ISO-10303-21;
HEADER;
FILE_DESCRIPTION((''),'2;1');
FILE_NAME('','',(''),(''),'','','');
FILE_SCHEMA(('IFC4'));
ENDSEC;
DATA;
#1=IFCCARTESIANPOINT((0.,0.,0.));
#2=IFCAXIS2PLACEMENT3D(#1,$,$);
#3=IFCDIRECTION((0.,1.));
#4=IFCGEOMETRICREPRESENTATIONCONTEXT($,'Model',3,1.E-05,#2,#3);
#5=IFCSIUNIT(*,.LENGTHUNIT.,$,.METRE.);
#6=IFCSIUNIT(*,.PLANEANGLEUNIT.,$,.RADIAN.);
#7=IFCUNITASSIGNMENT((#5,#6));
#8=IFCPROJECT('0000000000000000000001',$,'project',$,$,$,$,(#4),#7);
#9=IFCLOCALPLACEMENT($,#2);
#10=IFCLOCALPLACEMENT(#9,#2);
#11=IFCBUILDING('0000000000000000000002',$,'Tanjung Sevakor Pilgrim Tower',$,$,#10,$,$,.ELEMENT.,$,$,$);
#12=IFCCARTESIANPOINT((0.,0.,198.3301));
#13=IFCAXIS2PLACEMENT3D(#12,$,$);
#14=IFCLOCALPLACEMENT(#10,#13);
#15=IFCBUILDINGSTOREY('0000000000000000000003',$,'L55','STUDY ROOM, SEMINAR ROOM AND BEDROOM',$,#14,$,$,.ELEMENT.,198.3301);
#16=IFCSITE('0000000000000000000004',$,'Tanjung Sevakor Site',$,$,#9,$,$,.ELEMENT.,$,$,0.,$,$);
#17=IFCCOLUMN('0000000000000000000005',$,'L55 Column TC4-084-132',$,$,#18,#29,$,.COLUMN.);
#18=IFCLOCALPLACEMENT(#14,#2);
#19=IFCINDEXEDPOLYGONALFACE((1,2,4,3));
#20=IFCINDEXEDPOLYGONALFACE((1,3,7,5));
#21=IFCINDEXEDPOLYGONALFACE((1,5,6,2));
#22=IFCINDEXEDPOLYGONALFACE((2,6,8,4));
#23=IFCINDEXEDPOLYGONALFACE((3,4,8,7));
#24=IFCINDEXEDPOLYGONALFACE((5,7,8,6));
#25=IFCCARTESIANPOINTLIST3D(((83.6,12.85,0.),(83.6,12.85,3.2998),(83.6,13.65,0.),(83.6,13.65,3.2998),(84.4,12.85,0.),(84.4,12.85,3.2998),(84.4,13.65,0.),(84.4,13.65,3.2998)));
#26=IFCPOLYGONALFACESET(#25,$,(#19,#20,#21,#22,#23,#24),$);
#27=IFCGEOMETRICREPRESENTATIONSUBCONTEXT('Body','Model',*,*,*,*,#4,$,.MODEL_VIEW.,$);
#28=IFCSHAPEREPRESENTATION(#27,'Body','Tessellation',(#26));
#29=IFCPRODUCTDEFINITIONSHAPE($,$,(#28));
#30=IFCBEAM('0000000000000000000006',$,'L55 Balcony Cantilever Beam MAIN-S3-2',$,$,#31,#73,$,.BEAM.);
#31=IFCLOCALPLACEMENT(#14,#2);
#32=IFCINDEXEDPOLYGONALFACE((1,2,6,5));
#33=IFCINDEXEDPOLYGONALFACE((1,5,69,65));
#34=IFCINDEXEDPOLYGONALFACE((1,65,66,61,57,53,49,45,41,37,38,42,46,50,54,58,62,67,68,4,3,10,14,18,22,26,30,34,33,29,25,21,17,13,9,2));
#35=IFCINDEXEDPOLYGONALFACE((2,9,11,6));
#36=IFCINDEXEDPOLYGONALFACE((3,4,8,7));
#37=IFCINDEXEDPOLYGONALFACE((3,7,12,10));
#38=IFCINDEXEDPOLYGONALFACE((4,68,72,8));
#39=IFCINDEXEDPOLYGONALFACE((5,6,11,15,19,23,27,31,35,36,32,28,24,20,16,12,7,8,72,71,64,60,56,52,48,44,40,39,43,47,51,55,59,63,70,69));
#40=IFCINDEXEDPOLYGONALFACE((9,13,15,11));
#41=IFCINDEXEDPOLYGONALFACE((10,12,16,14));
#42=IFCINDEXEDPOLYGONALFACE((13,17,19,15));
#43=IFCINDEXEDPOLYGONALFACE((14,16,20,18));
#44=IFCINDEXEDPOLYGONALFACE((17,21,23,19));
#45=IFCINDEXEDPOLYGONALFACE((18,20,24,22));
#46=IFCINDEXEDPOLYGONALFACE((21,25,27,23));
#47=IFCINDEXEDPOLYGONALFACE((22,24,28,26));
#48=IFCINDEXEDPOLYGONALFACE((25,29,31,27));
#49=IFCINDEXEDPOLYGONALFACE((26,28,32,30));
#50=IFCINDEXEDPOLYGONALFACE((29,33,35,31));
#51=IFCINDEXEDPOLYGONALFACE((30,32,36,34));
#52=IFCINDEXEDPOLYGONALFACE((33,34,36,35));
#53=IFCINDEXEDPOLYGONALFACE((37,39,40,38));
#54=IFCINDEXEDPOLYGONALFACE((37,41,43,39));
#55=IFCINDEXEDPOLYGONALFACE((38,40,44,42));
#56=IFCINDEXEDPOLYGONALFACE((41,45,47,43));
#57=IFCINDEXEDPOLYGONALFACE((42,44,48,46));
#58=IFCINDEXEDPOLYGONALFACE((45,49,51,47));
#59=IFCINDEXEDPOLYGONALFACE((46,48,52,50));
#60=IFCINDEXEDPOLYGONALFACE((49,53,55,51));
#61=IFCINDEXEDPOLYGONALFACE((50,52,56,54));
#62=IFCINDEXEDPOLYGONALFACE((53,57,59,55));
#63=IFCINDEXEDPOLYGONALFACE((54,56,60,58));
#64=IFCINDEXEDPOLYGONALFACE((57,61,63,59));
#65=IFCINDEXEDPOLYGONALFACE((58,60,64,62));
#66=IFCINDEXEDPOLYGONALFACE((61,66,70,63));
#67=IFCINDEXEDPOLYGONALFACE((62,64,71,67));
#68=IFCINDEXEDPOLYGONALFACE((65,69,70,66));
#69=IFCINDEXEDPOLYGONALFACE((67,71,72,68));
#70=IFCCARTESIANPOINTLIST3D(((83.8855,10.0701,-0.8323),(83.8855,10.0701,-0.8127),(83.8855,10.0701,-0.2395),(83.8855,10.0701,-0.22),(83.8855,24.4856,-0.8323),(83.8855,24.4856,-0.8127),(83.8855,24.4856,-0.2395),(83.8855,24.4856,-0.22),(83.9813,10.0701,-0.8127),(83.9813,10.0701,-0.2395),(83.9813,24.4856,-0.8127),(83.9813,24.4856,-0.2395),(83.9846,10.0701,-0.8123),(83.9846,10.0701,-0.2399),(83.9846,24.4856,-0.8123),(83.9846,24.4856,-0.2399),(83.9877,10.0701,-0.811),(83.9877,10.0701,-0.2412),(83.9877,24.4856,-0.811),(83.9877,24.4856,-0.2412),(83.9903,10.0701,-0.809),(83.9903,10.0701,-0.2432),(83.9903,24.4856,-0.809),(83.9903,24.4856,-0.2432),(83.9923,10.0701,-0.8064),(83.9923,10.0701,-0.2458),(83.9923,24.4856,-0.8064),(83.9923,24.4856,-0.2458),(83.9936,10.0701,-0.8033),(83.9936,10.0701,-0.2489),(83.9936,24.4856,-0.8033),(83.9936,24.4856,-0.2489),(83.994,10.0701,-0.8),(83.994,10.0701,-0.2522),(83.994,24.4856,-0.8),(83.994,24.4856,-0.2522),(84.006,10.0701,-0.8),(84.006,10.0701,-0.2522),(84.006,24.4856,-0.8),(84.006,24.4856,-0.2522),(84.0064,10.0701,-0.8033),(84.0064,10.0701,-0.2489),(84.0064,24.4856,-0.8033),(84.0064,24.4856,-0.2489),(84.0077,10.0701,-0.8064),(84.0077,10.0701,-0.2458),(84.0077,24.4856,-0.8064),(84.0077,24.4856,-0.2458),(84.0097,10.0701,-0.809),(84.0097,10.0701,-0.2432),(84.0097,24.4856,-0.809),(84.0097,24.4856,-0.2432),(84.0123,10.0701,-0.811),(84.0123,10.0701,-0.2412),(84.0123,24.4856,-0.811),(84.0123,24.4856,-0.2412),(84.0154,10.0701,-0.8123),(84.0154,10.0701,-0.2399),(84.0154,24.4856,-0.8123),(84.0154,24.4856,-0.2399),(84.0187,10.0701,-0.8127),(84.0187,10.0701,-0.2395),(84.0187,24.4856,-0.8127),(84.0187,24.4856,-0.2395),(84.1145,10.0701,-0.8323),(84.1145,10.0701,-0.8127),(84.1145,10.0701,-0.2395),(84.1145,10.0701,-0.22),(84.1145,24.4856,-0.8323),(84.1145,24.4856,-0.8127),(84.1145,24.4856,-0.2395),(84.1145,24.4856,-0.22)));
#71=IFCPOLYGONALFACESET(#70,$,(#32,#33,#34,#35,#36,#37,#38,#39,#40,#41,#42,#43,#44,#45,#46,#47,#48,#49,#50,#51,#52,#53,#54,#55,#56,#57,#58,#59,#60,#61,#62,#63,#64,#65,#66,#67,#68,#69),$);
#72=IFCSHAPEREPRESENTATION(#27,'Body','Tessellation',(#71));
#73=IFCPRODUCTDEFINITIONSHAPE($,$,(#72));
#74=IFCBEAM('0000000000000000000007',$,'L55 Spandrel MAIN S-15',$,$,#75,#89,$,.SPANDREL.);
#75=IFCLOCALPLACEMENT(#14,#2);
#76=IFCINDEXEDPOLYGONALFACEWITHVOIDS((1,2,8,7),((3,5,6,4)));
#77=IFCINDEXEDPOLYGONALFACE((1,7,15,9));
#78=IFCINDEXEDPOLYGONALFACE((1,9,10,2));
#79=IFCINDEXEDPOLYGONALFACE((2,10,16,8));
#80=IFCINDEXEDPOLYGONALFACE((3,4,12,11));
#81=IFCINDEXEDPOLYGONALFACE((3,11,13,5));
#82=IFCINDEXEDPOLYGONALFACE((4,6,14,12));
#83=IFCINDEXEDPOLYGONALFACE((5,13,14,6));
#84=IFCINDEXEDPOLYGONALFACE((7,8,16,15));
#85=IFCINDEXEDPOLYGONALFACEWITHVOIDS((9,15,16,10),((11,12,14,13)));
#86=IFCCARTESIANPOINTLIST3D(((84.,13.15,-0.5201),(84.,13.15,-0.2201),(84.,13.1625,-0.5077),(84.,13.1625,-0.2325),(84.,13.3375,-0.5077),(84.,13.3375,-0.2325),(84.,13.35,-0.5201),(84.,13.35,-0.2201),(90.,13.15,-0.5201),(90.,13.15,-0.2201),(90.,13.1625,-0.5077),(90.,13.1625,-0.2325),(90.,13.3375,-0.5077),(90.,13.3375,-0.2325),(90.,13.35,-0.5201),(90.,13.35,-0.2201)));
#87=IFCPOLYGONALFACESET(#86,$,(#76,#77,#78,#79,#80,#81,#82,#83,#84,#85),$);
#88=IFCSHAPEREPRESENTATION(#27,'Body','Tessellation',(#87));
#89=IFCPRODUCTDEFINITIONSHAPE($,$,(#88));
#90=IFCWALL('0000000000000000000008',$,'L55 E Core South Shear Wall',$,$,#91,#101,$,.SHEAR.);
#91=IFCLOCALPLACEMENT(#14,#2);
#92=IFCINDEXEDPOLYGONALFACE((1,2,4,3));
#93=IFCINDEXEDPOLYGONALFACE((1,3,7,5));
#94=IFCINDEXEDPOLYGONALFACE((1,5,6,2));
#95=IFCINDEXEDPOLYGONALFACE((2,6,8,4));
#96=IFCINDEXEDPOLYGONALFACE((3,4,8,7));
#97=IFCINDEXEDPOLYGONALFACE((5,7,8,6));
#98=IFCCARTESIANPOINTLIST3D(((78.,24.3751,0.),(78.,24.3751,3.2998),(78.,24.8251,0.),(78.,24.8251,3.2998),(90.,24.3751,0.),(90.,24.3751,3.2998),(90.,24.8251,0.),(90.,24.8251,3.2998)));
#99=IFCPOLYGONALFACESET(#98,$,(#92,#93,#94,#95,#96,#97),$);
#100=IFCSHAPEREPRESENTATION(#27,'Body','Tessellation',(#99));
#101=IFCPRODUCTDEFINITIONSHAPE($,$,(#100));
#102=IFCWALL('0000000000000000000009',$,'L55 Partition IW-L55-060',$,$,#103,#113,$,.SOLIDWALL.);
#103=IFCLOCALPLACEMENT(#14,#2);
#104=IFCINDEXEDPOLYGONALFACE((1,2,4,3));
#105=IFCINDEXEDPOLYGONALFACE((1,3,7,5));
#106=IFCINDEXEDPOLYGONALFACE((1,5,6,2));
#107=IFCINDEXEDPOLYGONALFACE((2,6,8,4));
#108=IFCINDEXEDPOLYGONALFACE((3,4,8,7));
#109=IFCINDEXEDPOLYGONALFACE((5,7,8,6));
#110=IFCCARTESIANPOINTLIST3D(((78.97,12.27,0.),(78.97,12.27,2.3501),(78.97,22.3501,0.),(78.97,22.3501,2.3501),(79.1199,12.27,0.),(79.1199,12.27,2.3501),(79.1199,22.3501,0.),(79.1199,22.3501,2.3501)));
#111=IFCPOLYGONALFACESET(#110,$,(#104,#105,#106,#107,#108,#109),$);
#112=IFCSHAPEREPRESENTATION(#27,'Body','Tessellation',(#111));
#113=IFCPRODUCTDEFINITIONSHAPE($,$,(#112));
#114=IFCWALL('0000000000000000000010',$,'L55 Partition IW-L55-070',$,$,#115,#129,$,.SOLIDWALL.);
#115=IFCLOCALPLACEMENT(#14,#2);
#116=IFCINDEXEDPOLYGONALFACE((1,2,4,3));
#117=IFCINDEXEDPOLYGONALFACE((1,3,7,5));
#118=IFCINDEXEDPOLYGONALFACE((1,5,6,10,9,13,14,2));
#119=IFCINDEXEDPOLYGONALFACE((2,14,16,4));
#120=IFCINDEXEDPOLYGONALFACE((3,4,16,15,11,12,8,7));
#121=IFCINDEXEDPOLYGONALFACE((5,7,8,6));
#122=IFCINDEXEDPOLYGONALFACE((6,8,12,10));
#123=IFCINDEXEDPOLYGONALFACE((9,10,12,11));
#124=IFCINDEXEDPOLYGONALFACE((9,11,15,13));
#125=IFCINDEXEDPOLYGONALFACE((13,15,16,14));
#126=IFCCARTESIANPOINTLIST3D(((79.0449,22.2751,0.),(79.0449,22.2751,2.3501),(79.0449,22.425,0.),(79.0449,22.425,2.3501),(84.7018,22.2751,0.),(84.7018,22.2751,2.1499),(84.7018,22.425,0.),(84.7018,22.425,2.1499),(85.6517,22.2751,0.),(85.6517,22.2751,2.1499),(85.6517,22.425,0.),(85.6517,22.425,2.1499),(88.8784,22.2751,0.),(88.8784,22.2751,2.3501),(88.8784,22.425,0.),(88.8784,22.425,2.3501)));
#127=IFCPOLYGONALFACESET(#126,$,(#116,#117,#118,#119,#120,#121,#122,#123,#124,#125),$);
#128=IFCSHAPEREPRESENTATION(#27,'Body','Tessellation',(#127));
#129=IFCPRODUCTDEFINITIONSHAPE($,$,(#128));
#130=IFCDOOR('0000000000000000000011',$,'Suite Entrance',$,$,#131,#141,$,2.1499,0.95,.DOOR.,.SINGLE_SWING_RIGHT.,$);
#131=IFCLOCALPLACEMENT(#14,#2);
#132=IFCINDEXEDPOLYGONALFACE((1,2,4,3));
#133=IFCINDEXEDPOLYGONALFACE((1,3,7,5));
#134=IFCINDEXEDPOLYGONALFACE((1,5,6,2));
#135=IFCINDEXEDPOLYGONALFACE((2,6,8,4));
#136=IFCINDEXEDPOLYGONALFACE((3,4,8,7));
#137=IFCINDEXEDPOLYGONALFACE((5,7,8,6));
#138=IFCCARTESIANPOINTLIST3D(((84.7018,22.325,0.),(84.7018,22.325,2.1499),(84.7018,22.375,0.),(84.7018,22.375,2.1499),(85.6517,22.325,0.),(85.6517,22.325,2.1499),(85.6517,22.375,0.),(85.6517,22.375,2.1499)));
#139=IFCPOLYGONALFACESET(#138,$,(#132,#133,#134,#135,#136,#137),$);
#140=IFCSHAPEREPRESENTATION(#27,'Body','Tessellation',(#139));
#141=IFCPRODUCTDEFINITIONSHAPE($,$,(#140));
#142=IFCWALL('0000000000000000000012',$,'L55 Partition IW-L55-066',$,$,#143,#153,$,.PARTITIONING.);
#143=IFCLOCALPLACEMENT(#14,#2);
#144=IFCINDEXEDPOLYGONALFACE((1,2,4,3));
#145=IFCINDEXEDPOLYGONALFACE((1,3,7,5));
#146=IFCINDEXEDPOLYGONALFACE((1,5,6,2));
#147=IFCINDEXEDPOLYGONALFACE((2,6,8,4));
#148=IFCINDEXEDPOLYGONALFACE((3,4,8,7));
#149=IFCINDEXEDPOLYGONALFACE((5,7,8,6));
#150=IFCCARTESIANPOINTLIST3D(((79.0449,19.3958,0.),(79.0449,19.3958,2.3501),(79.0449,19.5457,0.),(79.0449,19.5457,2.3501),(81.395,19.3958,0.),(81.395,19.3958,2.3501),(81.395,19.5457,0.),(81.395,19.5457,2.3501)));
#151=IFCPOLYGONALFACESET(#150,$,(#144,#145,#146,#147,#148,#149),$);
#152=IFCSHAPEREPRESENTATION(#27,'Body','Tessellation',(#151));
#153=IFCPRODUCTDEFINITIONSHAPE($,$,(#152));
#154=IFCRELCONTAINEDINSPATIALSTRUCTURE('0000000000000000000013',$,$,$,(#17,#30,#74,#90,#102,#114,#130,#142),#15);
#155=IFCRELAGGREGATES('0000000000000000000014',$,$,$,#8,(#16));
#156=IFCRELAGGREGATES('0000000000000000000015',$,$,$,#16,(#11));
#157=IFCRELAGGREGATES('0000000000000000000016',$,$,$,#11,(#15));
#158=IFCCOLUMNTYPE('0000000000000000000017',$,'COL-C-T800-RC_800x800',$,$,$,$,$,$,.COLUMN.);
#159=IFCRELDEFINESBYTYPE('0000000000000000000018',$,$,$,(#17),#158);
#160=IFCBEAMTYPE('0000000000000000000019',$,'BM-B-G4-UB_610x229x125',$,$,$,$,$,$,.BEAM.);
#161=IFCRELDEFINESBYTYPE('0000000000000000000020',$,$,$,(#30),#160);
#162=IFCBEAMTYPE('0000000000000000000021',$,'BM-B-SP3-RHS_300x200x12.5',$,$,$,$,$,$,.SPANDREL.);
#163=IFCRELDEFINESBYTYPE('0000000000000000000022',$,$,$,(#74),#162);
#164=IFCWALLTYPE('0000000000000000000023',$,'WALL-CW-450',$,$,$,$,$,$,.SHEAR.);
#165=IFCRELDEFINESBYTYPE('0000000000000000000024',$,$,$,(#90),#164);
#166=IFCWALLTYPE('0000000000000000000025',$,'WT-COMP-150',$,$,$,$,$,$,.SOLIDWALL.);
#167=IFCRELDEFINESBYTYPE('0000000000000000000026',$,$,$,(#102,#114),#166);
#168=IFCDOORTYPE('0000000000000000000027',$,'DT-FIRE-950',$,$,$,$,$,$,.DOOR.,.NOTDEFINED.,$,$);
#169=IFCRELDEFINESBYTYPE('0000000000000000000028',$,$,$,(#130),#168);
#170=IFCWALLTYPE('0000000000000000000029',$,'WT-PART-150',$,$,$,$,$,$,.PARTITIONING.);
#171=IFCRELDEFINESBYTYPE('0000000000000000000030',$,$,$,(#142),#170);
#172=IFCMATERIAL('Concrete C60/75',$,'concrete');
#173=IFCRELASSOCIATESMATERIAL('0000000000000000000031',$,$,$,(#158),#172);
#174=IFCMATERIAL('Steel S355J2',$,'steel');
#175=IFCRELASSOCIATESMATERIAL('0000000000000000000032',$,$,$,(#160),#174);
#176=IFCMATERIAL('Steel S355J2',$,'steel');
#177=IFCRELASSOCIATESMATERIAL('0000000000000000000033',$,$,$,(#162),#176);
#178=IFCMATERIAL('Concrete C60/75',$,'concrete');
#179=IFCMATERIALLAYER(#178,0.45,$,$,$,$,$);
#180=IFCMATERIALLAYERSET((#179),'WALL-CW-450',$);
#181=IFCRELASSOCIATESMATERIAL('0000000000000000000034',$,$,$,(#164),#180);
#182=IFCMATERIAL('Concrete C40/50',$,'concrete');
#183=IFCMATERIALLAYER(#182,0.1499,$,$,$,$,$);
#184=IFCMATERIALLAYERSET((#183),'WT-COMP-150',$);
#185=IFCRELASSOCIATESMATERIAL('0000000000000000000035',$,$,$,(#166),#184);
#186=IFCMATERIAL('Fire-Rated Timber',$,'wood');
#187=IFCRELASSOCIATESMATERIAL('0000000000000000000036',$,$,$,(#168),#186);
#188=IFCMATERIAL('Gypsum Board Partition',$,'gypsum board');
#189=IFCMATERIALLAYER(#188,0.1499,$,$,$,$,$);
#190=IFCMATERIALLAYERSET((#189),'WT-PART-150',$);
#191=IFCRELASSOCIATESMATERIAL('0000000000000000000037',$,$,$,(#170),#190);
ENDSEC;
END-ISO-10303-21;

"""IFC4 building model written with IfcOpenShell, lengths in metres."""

from ifc_helpers import new_model, si_unit, direction, frame, frame_2d, origin, origin_2d, place, context, subcontext, project, spatial, rectangle, hollow_rectangle, i_section, extrude, material, layer, layer_set, material_profile, profile_set, type_object, element, fill, save


model = new_model("IFC4")

# Units and contexts
model_context = context("Model", 3, precision=1e-05, world=origin(), true_north=direction((0.0, 1.0)))
body_context = subcontext(model_context, "Body", "Model", "MODEL_VIEW")
ifc_project = project(units=[si_unit("LENGTHUNIT", "METRE"), si_unit("PLANEANGLEUNIT", "RADIAN")], contexts=[model_context])

# Site, building, storey
site_placement = place(None, origin())
site = spatial("IfcSite", under=ifc_project, at=site_placement, Name="Tanjung Sevakor Site", CompositionType="ELEMENT", RefElevation=0.0)
building_placement = place(site_placement, origin())
building = spatial("IfcBuilding", under=site, at=building_placement, Name="Tanjung Sevakor Pilgrim Tower", CompositionType="ELEMENT")
storey_placement = place(building_placement, frame((0.0, 0.0, 198.3301)))
storey = spatial("IfcBuildingStorey", under=building, at=storey_placement, Name="L55", Description="STUDY ROOM, SEMINAR ROOM AND BEDROOM", CompositionType="ELEMENT", Elevation=198.3301)

# Column
ifc_material_1 = material(Name="Concrete C60/75", Category="concrete")
ifc_material_profile_1 = material_profile(ifc_material_1, rectangle(XDim=0.8, YDim=0.8, at=origin_2d()))
ifc_profile_set_1 = profile_set([ifc_material_profile_1], Name="Concrete C60/75")
column_type = type_object("IfcColumnType", Name="COL-C-T800-RC_800x800", PredefinedType="COLUMN", material=ifc_profile_set_1)
column_placement = place(storey_placement, frame((84.0, 13.25, 0.0), z_axis=(0.0, 0.0, 1.0), x_axis=(1.0, 0.0, 0.0)))
element("IfcColumn", 1, at=column_placement, inside=storey, type_object=column_type, Name="L55 Column TC4-084-132", PredefinedType="COLUMN", context=body_context, shape_type="SweptSolid", body=[
    extrude(rectangle(XDim=0.8, YDim=0.8, at=origin_2d()), origin(), (0.0, 0.0, 1.0), 3.2998),
])

# Beams
ifc_material_2 = material(Name="Steel S355J2", Category="steel")
ifc_material_profile_2 = material_profile(ifc_material_2, i_section(OverallWidth=0.229, OverallDepth=0.6123, WebThickness=0.012, FlangeThickness=0.0195, FilletRadius=0.0127, at=origin_2d()))
ifc_profile_set_2 = profile_set([ifc_material_profile_2], Name="Steel S355J2")
beam_type_1 = type_object("IfcBeamType", Name="BM-B-G4-UB_610x229x125", PredefinedType="BEAM", material=ifc_profile_set_2)
beam_1_placement = place(storey_placement, frame((84.0, 24.4856, -0.5261), z_axis=(0.0, -1.0, 0.0), x_axis=(1.0, 0.0, 0.0)))
element("IfcBeam", 2, at=beam_1_placement, inside=storey, type_object=beam_type_1, Name="L55 Balcony Cantilever Beam MAIN-S3-2", PredefinedType="BEAM", context=body_context, shape_type="SweptSolid", body=[
    extrude(i_section(OverallWidth=0.229, OverallDepth=0.6123, WebThickness=0.012, FlangeThickness=0.0195, FilletRadius=0.0127, at=origin_2d()), origin(), (0.0, 0.0, 1.0), 14.4155),
])
ifc_material_3 = material(Name="Steel S355J2", Category="steel")
ifc_material_profile_3 = material_profile(ifc_material_3, hollow_rectangle(XDim=0.2, YDim=0.3, WallThickness=0.0125, at=origin_2d()))
ifc_profile_set_3 = profile_set([ifc_material_profile_3], Name="Steel S355J2")
beam_type_2 = type_object("IfcBeamType", Name="BM-B-SP3-RHS_300x200x12.5", PredefinedType="SPANDREL", material=ifc_profile_set_3)
beam_2_placement = place(storey_placement, frame((84.0, 13.25, -0.3701), z_axis=(1.0, 0.0, 0.0), x_axis=(0.0, 1.0, 0.0)))
element("IfcBeam", 3, at=beam_2_placement, inside=storey, type_object=beam_type_2, Name="L55 Spandrel MAIN S-15", PredefinedType="SPANDREL", context=body_context, shape_type="SweptSolid", body=[
    extrude(hollow_rectangle(XDim=0.2, YDim=0.3, WallThickness=0.0125, at=origin_2d()), origin(), (0.0, 0.0, 1.0), 6.0),
])

# Walls
ifc_material_4 = material(Name="Concrete C60/75", Category="concrete")
ifc_layer_1 = layer(ifc_material_4, 0.45)
ifc_layer_set_1 = layer_set([ifc_layer_1], Name="WALL-CW-450")
wall_type_1 = type_object("IfcWallType", Name="WALL-CW-450", PredefinedType="SHEAR", material=ifc_layer_set_1)
wall_1_placement = place(storey_placement, frame((78.0, 24.6001, 0.0), z_axis=(0.0, 0.0, 1.0), x_axis=(1.0, 0.0, 0.0)))
element("IfcWall", 4, at=wall_1_placement, inside=storey, type_object=wall_type_1, Name="L55 E Core South Shear Wall", PredefinedType="SHEAR", context=body_context, shape_type="SweptSolid", body=[
    extrude(rectangle(XDim=12.0, YDim=0.45, at=frame_2d((6.0, 0.0))), origin(), (0.0, 0.0, 1.0), 3.2998),
])
ifc_material_5 = material(Name="Concrete C40/50", Category="concrete")
ifc_layer_2 = layer(ifc_material_5, 0.1499)
ifc_layer_set_2 = layer_set([ifc_layer_2], Name="WT-COMP-150")
wall_type_2 = type_object("IfcWallType", Name="WT-COMP-150", PredefinedType="SOLIDWALL", material=ifc_layer_set_2)
wall_2_placement = place(storey_placement, frame((79.0449, 12.27, 0.0), z_axis=(0.0, 0.0, 1.0), x_axis=(0.0, 1.0, 0.0)))
element("IfcWall", 5, at=wall_2_placement, inside=storey, type_object=wall_type_2, Name="L55 Partition IW-L55-060", PredefinedType="SOLIDWALL", context=body_context, shape_type="SweptSolid", body=[
    extrude(rectangle(XDim=10.0801, YDim=0.1499, at=frame_2d((5.04, 0.0))), origin(), (0.0, 0.0, 1.0), 2.3501),
])

# Wall, opening, door
wall_3_placement = place(storey_placement, frame((79.0449, 22.3501, 0.0), z_axis=(0.0, 0.0, 1.0), x_axis=(1.0, 0.0, 0.0)))
wall_3 = element("IfcWall", 6, at=wall_3_placement, inside=storey, type_object=wall_type_2, Name="L55 Partition IW-L55-070", PredefinedType="SOLIDWALL", context=body_context, shape_type="SweptSolid", body=[
    extrude(rectangle(XDim=9.8335, YDim=0.1499, at=frame_2d((4.9167, 0.0))), origin(), (0.0, 0.0, 1.0), 2.3501),
])
opening_1_placement = place(wall_3_placement, frame((5.6567, 0.0, 0.0)))
opening_1 = element("IfcOpeningElement", 7, at=opening_1_placement, cuts=wall_3, PredefinedType="OPENING", context=body_context, shape_type="SweptSolid", body=[
    extrude(rectangle(XDim=0.95, YDim=2.1499, at=frame_2d((0.4751, 1.075))), frame((0.0, 0.085, 0.0), z_axis=(0.0, -1.0, 0.0), x_axis=(1.0, 0.0, 0.0)), (0.0, 0.0, 1.0), 0.1699),
])
ifc_material_6 = material(Name="Fire-Rated Timber", Category="wood")
door_type_1 = type_object("IfcDoorType", Name="DT-FIRE-950", OperationType="NOTDEFINED", PredefinedType="DOOR", material=ifc_material_6)
door_1_placement = place(opening_1_placement, origin())
door_1 = element("IfcDoor", 8, at=door_1_placement, inside=storey, type_object=door_type_1, Name="Suite Entrance", OperationType="SINGLE_SWING_RIGHT", OverallHeight=2.1499, OverallWidth=0.95, PredefinedType="DOOR", context=body_context, shape_type="SweptSolid", body=[
    extrude(rectangle(XDim=0.95, YDim=2.1499, at=frame_2d((0.4751, 1.075))), frame((0.0, 0.0249, 0.0), z_axis=(0.0, -1.0, 0.0), x_axis=(1.0, 0.0, 0.0)), (0.0, 0.0, 1.0), 0.05),
])
fill(opening_1, door_1)

# Wall
ifc_material_7 = material(Name="Gypsum Board Partition", Category="gypsum board")
ifc_layer_3 = layer(ifc_material_7, 0.1499)
ifc_layer_set_3 = layer_set([ifc_layer_3], Name="WT-PART-150")
wall_type_3 = type_object("IfcWallType", Name="WT-PART-150", PredefinedType="PARTITIONING", material=ifc_layer_set_3)
wall_4_placement = place(storey_placement, frame((79.0449, 19.4707, 0.0), z_axis=(0.0, 0.0, 1.0), x_axis=(1.0, 0.0, 0.0)))
element("IfcWall", 9, at=wall_4_placement, inside=storey, type_object=wall_type_3, Name="L55 Partition IW-L55-066", PredefinedType="PARTITIONING", context=body_context, shape_type="SweptSolid", body=[
    extrude(rectangle(XDim=2.3501, YDim=0.1499, at=frame_2d((1.175, 0.0))), origin(), (0.0, 0.0, 1.0), 2.3501),
])

save(model, "model.ifc")
